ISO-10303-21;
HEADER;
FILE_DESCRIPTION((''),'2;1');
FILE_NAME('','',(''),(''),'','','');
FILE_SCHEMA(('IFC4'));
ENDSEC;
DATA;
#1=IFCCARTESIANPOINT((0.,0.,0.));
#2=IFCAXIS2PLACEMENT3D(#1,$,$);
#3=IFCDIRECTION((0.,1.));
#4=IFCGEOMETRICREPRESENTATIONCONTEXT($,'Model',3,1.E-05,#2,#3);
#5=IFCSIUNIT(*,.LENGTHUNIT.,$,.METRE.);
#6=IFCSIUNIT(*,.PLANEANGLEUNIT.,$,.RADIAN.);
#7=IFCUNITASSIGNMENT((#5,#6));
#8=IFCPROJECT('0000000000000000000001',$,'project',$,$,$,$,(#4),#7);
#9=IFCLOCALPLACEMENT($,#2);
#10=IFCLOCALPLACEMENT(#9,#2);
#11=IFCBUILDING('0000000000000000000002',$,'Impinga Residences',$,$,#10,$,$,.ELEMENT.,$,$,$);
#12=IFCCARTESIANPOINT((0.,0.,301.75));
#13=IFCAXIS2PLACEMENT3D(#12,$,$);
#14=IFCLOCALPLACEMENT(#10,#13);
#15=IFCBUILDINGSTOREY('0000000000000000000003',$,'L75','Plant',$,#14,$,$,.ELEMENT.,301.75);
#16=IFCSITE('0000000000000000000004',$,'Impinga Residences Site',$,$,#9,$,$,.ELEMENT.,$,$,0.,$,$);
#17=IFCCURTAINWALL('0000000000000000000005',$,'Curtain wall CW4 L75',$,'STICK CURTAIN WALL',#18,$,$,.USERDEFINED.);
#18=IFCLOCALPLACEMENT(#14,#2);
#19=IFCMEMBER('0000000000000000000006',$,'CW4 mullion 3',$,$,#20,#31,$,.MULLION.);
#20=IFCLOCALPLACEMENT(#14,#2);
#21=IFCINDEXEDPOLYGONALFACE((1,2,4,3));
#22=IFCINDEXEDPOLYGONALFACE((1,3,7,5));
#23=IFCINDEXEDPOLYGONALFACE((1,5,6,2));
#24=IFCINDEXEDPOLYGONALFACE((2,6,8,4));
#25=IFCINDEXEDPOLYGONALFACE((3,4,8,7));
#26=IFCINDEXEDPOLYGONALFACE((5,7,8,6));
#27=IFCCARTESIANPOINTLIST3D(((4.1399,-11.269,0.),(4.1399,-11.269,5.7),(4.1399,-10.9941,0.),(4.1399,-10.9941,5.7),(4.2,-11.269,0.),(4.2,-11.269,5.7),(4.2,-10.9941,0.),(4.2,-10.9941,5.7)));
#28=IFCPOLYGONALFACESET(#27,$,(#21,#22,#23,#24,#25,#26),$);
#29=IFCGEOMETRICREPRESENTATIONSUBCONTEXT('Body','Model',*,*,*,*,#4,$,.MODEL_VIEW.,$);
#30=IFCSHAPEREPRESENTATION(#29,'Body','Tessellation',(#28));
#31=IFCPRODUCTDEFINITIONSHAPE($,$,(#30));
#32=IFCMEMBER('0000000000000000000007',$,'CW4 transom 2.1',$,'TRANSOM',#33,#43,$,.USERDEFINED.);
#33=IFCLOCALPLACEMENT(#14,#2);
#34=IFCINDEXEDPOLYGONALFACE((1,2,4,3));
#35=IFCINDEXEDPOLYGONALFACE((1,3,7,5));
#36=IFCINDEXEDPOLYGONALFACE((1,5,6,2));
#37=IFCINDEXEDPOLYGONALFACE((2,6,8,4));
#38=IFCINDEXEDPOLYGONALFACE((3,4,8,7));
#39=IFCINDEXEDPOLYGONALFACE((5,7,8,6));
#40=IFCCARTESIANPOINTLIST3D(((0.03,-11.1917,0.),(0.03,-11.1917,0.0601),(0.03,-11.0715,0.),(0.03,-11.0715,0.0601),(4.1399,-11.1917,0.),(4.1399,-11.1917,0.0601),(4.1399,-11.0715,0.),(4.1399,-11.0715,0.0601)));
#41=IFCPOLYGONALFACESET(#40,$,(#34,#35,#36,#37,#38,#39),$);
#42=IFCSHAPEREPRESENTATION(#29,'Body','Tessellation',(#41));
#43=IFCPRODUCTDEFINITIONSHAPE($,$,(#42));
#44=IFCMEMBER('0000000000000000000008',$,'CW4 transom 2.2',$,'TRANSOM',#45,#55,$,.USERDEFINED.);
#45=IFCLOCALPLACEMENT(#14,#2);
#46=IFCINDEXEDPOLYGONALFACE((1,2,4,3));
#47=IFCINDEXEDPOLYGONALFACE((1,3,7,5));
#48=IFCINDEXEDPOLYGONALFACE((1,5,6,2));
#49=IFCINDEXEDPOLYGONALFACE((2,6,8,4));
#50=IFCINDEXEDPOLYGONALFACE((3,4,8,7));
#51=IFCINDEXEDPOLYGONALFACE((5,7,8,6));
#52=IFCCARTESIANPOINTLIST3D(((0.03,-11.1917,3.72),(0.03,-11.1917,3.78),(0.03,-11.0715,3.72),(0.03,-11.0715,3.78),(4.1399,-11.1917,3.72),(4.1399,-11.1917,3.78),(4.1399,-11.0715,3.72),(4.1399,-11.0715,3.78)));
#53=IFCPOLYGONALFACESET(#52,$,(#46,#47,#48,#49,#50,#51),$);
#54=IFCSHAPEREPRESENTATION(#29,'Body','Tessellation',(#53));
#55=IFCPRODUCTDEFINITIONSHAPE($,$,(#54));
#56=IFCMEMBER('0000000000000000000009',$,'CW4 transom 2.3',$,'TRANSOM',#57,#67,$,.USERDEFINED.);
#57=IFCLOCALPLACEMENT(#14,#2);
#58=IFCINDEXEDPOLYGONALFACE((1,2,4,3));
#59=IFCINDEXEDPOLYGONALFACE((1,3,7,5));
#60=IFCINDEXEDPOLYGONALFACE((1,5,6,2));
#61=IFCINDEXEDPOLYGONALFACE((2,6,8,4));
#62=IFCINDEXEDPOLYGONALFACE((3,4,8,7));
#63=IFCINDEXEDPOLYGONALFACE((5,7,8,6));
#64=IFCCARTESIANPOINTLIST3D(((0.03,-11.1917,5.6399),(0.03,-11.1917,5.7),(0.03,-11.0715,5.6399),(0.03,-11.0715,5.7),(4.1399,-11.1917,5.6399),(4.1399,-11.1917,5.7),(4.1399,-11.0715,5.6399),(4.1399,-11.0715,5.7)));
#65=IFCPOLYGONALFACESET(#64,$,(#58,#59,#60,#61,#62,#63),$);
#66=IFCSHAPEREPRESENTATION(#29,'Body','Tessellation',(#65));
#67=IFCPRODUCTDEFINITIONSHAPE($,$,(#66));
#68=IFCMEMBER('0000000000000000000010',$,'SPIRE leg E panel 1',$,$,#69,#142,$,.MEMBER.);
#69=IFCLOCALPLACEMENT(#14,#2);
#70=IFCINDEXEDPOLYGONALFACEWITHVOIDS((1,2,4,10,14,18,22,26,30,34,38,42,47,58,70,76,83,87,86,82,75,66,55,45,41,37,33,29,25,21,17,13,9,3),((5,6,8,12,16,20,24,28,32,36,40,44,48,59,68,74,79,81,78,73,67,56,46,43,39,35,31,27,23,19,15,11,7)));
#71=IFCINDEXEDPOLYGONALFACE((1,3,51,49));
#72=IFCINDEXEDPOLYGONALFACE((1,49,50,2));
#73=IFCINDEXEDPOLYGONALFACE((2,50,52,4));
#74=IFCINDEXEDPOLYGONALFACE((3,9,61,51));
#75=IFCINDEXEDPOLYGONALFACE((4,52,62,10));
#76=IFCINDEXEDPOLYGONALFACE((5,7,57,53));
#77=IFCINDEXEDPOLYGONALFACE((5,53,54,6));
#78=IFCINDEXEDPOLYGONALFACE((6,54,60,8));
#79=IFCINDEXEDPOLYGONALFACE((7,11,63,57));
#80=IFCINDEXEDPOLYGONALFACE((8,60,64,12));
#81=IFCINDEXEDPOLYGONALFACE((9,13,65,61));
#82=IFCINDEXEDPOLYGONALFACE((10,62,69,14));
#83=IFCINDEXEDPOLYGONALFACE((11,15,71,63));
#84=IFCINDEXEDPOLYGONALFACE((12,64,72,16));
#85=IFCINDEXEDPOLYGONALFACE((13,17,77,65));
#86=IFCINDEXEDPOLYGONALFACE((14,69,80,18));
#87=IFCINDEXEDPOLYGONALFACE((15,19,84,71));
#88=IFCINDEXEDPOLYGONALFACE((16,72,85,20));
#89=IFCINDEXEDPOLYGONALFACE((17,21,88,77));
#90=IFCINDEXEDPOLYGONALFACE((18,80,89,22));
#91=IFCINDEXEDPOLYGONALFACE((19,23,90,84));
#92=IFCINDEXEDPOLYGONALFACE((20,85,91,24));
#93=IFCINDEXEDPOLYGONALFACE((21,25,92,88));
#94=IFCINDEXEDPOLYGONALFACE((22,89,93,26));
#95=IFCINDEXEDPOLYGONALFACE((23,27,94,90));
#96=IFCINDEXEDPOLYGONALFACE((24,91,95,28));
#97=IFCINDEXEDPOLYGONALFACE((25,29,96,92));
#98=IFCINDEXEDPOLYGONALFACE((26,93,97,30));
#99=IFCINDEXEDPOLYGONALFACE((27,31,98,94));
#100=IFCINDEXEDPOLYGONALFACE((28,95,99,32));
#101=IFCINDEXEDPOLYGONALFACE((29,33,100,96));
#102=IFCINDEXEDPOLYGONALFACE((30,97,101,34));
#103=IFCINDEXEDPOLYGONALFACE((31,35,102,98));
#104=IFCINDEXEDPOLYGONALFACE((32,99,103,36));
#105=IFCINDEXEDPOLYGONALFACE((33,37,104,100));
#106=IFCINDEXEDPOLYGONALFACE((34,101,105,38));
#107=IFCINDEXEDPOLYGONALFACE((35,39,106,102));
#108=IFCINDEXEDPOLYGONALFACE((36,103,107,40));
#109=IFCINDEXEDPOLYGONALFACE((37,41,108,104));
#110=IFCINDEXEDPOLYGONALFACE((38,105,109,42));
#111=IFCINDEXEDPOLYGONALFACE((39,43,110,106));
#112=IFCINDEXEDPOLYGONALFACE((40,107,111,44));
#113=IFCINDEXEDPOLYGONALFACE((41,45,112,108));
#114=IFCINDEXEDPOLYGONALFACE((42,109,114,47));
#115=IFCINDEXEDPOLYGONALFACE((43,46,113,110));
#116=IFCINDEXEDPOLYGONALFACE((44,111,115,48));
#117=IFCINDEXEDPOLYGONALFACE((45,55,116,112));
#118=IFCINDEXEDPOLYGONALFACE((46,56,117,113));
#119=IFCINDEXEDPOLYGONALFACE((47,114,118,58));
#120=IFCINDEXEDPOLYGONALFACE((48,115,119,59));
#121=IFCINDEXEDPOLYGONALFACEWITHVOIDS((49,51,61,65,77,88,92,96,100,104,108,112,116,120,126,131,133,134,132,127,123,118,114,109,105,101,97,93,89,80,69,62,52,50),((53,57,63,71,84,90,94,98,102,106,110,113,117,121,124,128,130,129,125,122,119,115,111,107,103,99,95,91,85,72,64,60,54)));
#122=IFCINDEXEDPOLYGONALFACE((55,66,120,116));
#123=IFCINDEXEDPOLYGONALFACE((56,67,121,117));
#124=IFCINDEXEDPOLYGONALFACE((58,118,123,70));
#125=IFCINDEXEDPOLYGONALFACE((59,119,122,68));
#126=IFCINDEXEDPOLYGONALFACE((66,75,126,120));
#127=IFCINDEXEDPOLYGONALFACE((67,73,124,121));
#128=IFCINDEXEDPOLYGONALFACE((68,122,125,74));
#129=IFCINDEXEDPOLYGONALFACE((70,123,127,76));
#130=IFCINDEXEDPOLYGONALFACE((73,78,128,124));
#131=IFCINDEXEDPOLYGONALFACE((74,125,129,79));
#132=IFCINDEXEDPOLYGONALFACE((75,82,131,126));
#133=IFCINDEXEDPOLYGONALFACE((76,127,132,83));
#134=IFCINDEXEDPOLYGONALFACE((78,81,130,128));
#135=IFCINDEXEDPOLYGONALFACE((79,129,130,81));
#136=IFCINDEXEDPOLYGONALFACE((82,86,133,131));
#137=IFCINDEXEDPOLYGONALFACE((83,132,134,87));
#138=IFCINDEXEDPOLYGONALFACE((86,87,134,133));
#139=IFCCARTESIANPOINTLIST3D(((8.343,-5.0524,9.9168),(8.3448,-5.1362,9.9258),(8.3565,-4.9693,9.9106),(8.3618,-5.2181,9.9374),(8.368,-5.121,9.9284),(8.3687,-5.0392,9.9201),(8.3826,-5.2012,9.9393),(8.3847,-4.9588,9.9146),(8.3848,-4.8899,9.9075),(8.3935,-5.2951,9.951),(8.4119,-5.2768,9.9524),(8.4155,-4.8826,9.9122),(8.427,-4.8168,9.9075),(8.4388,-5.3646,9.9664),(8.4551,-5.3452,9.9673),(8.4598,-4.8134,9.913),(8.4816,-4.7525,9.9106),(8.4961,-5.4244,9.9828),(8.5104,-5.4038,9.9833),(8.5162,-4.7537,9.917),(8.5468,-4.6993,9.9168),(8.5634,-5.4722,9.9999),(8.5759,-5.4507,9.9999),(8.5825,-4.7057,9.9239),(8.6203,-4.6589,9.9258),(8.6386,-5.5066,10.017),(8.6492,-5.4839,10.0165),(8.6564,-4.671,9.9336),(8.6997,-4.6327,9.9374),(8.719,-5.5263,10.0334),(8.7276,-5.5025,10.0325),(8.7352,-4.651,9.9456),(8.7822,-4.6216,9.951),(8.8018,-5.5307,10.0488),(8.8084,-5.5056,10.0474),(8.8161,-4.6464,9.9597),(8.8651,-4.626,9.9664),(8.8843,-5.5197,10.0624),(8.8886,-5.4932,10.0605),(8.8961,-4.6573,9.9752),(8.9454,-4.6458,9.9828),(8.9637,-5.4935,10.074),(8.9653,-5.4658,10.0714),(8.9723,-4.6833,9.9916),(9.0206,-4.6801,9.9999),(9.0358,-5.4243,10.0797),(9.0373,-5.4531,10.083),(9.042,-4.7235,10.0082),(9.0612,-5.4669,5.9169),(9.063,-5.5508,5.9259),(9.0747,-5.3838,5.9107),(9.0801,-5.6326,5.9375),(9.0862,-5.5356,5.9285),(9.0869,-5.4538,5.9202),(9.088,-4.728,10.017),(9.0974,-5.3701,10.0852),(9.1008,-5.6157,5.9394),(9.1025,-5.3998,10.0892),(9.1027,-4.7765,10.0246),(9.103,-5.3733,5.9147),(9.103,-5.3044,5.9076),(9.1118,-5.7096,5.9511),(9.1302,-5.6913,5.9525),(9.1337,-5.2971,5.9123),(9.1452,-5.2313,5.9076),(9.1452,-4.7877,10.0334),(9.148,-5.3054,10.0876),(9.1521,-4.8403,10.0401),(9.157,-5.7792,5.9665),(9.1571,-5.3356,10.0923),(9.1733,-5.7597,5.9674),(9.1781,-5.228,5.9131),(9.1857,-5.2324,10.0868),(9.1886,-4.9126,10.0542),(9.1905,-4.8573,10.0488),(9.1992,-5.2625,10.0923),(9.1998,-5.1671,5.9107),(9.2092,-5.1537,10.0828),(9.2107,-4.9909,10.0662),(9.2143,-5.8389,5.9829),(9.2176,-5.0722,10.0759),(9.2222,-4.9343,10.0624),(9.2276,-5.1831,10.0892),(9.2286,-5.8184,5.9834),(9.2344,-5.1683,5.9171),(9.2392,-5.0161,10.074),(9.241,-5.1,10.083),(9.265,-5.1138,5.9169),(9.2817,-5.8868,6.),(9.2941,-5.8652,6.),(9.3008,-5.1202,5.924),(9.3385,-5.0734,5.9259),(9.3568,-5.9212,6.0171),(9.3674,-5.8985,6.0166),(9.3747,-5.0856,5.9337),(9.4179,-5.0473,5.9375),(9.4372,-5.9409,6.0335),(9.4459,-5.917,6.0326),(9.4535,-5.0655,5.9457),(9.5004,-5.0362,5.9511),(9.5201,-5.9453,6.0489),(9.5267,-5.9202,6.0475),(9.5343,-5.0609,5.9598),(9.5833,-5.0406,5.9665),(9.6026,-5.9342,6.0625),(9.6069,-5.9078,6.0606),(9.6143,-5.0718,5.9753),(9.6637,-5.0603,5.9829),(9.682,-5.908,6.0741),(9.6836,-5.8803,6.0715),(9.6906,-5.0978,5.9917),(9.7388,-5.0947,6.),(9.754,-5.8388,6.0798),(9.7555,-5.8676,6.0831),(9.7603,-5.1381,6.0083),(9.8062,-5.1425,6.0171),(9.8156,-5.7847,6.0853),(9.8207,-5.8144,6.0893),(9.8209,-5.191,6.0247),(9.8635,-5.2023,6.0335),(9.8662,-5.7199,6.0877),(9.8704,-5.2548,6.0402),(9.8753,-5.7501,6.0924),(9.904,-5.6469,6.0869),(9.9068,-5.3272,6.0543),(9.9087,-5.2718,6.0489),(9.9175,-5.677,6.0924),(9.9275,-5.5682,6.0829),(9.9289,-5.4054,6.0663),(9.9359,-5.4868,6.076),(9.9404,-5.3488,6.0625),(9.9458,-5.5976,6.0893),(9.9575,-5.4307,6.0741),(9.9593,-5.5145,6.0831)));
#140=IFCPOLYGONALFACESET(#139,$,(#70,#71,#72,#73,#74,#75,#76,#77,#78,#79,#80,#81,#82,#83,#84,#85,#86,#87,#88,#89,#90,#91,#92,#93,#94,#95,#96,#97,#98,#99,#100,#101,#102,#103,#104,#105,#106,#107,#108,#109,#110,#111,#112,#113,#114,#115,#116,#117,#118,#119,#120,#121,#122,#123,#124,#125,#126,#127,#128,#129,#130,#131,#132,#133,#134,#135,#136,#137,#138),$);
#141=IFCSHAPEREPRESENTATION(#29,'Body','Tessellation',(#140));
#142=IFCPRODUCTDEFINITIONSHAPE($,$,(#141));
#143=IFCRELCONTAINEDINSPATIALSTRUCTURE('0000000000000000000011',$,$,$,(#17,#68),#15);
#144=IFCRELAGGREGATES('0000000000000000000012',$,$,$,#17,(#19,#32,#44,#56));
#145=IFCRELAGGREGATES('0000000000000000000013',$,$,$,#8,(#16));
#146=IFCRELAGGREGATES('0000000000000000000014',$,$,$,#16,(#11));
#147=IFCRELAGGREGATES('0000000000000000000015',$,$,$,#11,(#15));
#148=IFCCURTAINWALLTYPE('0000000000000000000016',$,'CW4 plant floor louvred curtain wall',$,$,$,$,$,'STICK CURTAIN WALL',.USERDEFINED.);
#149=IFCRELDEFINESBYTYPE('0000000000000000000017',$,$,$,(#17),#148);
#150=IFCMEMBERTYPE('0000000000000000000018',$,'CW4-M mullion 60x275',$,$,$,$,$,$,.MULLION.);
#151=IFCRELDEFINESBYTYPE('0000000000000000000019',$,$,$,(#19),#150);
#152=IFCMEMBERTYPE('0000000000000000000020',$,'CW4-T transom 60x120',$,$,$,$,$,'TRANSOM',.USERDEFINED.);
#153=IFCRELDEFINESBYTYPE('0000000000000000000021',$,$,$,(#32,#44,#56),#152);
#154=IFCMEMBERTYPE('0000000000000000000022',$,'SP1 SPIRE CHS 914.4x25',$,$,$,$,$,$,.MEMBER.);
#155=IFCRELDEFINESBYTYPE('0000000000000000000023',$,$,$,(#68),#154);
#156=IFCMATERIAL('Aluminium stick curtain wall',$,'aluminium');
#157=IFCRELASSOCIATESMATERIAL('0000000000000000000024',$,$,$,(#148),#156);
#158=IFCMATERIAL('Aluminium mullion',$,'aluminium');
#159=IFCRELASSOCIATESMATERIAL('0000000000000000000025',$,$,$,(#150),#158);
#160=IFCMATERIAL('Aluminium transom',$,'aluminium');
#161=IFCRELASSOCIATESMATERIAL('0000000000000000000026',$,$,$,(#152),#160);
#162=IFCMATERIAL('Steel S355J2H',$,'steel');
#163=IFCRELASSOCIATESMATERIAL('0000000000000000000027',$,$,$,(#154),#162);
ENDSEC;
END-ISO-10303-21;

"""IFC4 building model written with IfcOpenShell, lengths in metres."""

from ifc_helpers import new_model, si_unit, direction, frame, origin, origin_2d, place, context, subcontext, project, spatial, rectangle, hollow_circle, extrude, material, material_profile, profile_set, type_object, element, aggregate, save


model = new_model("IFC4")

# Units and contexts
model_context = context("Model", 3, precision=1e-05, world=origin(), true_north=direction((0.0, 1.0)))
body_context = subcontext(model_context, "Body", "Model", "MODEL_VIEW")
ifc_project = project(units=[si_unit("LENGTHUNIT", "METRE"), si_unit("PLANEANGLEUNIT", "RADIAN")], contexts=[model_context])

# Site, building, storey
site_placement = place(None, origin())
site = spatial("IfcSite", under=ifc_project, at=site_placement, Name="Impinga Residences Site", CompositionType="ELEMENT", RefElevation=0.0)
building_placement = place(site_placement, origin())
building = spatial("IfcBuilding", under=site, at=building_placement, Name="Impinga Residences", CompositionType="ELEMENT")
storey_placement = place(building_placement, frame((0.0, 0.0, 301.75)))
storey = spatial("IfcBuildingStorey", under=building, at=storey_placement, Name="L75", Description="Plant", CompositionType="ELEMENT", Elevation=301.75)

# Curtain wall, members
ifc_material_1 = material(Name="Aluminium stick curtain wall", Category="aluminium")
curtain_wall_type = type_object("IfcCurtainWallType", Name="CW4 plant floor louvred curtain wall", ElementType="STICK CURTAIN WALL", PredefinedType="USERDEFINED", material=ifc_material_1)
curtain_wall_placement = place(storey_placement, origin())
curtain_wall = element("IfcCurtainWall", 1, at=curtain_wall_placement, inside=storey, type_object=curtain_wall_type, Name="Curtain wall CW4 L75", ObjectType="STICK CURTAIN WALL", PredefinedType="USERDEFINED")
ifc_material_2 = material(Name="Aluminium mullion", Category="aluminium")
ifc_material_profile_1 = material_profile(ifc_material_2, rectangle(XDim=0.0601, YDim=0.2749, at=origin_2d()), Name="60x275 mullion")
ifc_profile_set_1 = profile_set([ifc_material_profile_1], Name="Aluminium mullion")
member_type_1 = type_object("IfcMemberType", Name="CW4-M mullion 60x275", PredefinedType="MULLION", material=ifc_profile_set_1)
member_1_placement = place(storey_placement, frame((4.1699, -11.1316, 0.0), z_axis=(0.0, 0.0, 1.0), x_axis=(1.0, 0.0, 0.0)))
member_1 = element("IfcMember", 2, at=member_1_placement, type_object=member_type_1, Name="CW4 mullion 3", PredefinedType="MULLION", context=body_context, shape_type="SweptSolid", body=[
    extrude(rectangle(XDim=0.0601, YDim=0.2749, at=origin_2d()), origin(), (0.0, 0.0, 1.0), 5.7),
])
ifc_material_3 = material(Name="Aluminium transom", Category="aluminium")
ifc_material_profile_2 = material_profile(ifc_material_3, rectangle(XDim=0.0601, YDim=0.1201, at=origin_2d()), Name="60x120 transom")
ifc_profile_set_2 = profile_set([ifc_material_profile_2], Name="Aluminium transom")
member_type_2 = type_object("IfcMemberType", Name="CW4-T transom 60x120", ElementType="TRANSOM", PredefinedType="USERDEFINED", material=ifc_profile_set_2)
member_2_placement = place(storey_placement, frame((0.03, -11.1316, 0.03), z_axis=(1.0, 0.0, 0.0), x_axis=(0.0, 0.0, 1.0)))
member_2 = element("IfcMember", 3, at=member_2_placement, type_object=member_type_2, Name="CW4 transom 2.1", ObjectType="TRANSOM", PredefinedType="USERDEFINED", context=body_context, shape_type="SweptSolid", body=[
    extrude(rectangle(XDim=0.0601, YDim=0.1201, at=origin_2d()), origin(), (0.0, 0.0, 1.0), 4.1099),
])
member_3_placement = place(storey_placement, frame((0.03, -11.1316, 3.75), z_axis=(1.0, 0.0, 0.0), x_axis=(0.0, 0.0, 1.0)))
member_3 = element("IfcMember", 4, at=member_3_placement, type_object=member_type_2, Name="CW4 transom 2.2", ObjectType="TRANSOM", PredefinedType="USERDEFINED", context=body_context, shape_type="SweptSolid", body=[
    extrude(rectangle(XDim=0.0601, YDim=0.1201, at=origin_2d()), origin(), (0.0, 0.0, 1.0), 4.1099),
])
member_4_placement = place(storey_placement, frame((0.03, -11.1316, 5.6699), z_axis=(1.0, 0.0, 0.0), x_axis=(0.0, 0.0, 1.0)))
member_4 = element("IfcMember", 5, at=member_4_placement, type_object=member_type_2, Name="CW4 transom 2.3", ObjectType="TRANSOM", PredefinedType="USERDEFINED", context=body_context, shape_type="SweptSolid", body=[
    extrude(rectangle(XDim=0.0601, YDim=0.1201, at=origin_2d()), origin(), (0.0, 0.0, 1.0), 4.1099),
])

# Member
ifc_material_4 = material(Name="Steel S355J2H", Category="steel")
ifc_material_profile_3 = material_profile(ifc_material_4, hollow_circle(Radius=0.4573, WallThickness=0.0249, at=origin_2d()), Name="CHS 914.4x25")
ifc_profile_set_3 = profile_set([ifc_material_profile_3], Name="Steel S355J2H")
member_type_3 = type_object("IfcMemberType", Name="SP1 SPIRE CHS 914.4x25", PredefinedType="MEMBER", material=ifc_profile_set_3)
member_5_placement = place(storey_placement, frame((9.5103, -5.4907, 6.0), z_axis=(-0.175826, 0.10148, 0.979177), x_axis=(-0.499875, -0.866097, 0.0)))
element("IfcMember", 6, at=member_5_placement, inside=storey, type_object=member_type_3, Name="SPIRE leg E panel 1", PredefinedType="MEMBER", context=body_context, shape_type="SweptSolid", body=[
    extrude(hollow_circle(Radius=0.4573, WallThickness=0.0249, at=origin_2d()), origin(), (0.0, 0.0, 1.0), 4.085),
])

aggregate(curtain_wall, [member_1, member_2, member_3, member_4])

save(model, "model.ifc")
